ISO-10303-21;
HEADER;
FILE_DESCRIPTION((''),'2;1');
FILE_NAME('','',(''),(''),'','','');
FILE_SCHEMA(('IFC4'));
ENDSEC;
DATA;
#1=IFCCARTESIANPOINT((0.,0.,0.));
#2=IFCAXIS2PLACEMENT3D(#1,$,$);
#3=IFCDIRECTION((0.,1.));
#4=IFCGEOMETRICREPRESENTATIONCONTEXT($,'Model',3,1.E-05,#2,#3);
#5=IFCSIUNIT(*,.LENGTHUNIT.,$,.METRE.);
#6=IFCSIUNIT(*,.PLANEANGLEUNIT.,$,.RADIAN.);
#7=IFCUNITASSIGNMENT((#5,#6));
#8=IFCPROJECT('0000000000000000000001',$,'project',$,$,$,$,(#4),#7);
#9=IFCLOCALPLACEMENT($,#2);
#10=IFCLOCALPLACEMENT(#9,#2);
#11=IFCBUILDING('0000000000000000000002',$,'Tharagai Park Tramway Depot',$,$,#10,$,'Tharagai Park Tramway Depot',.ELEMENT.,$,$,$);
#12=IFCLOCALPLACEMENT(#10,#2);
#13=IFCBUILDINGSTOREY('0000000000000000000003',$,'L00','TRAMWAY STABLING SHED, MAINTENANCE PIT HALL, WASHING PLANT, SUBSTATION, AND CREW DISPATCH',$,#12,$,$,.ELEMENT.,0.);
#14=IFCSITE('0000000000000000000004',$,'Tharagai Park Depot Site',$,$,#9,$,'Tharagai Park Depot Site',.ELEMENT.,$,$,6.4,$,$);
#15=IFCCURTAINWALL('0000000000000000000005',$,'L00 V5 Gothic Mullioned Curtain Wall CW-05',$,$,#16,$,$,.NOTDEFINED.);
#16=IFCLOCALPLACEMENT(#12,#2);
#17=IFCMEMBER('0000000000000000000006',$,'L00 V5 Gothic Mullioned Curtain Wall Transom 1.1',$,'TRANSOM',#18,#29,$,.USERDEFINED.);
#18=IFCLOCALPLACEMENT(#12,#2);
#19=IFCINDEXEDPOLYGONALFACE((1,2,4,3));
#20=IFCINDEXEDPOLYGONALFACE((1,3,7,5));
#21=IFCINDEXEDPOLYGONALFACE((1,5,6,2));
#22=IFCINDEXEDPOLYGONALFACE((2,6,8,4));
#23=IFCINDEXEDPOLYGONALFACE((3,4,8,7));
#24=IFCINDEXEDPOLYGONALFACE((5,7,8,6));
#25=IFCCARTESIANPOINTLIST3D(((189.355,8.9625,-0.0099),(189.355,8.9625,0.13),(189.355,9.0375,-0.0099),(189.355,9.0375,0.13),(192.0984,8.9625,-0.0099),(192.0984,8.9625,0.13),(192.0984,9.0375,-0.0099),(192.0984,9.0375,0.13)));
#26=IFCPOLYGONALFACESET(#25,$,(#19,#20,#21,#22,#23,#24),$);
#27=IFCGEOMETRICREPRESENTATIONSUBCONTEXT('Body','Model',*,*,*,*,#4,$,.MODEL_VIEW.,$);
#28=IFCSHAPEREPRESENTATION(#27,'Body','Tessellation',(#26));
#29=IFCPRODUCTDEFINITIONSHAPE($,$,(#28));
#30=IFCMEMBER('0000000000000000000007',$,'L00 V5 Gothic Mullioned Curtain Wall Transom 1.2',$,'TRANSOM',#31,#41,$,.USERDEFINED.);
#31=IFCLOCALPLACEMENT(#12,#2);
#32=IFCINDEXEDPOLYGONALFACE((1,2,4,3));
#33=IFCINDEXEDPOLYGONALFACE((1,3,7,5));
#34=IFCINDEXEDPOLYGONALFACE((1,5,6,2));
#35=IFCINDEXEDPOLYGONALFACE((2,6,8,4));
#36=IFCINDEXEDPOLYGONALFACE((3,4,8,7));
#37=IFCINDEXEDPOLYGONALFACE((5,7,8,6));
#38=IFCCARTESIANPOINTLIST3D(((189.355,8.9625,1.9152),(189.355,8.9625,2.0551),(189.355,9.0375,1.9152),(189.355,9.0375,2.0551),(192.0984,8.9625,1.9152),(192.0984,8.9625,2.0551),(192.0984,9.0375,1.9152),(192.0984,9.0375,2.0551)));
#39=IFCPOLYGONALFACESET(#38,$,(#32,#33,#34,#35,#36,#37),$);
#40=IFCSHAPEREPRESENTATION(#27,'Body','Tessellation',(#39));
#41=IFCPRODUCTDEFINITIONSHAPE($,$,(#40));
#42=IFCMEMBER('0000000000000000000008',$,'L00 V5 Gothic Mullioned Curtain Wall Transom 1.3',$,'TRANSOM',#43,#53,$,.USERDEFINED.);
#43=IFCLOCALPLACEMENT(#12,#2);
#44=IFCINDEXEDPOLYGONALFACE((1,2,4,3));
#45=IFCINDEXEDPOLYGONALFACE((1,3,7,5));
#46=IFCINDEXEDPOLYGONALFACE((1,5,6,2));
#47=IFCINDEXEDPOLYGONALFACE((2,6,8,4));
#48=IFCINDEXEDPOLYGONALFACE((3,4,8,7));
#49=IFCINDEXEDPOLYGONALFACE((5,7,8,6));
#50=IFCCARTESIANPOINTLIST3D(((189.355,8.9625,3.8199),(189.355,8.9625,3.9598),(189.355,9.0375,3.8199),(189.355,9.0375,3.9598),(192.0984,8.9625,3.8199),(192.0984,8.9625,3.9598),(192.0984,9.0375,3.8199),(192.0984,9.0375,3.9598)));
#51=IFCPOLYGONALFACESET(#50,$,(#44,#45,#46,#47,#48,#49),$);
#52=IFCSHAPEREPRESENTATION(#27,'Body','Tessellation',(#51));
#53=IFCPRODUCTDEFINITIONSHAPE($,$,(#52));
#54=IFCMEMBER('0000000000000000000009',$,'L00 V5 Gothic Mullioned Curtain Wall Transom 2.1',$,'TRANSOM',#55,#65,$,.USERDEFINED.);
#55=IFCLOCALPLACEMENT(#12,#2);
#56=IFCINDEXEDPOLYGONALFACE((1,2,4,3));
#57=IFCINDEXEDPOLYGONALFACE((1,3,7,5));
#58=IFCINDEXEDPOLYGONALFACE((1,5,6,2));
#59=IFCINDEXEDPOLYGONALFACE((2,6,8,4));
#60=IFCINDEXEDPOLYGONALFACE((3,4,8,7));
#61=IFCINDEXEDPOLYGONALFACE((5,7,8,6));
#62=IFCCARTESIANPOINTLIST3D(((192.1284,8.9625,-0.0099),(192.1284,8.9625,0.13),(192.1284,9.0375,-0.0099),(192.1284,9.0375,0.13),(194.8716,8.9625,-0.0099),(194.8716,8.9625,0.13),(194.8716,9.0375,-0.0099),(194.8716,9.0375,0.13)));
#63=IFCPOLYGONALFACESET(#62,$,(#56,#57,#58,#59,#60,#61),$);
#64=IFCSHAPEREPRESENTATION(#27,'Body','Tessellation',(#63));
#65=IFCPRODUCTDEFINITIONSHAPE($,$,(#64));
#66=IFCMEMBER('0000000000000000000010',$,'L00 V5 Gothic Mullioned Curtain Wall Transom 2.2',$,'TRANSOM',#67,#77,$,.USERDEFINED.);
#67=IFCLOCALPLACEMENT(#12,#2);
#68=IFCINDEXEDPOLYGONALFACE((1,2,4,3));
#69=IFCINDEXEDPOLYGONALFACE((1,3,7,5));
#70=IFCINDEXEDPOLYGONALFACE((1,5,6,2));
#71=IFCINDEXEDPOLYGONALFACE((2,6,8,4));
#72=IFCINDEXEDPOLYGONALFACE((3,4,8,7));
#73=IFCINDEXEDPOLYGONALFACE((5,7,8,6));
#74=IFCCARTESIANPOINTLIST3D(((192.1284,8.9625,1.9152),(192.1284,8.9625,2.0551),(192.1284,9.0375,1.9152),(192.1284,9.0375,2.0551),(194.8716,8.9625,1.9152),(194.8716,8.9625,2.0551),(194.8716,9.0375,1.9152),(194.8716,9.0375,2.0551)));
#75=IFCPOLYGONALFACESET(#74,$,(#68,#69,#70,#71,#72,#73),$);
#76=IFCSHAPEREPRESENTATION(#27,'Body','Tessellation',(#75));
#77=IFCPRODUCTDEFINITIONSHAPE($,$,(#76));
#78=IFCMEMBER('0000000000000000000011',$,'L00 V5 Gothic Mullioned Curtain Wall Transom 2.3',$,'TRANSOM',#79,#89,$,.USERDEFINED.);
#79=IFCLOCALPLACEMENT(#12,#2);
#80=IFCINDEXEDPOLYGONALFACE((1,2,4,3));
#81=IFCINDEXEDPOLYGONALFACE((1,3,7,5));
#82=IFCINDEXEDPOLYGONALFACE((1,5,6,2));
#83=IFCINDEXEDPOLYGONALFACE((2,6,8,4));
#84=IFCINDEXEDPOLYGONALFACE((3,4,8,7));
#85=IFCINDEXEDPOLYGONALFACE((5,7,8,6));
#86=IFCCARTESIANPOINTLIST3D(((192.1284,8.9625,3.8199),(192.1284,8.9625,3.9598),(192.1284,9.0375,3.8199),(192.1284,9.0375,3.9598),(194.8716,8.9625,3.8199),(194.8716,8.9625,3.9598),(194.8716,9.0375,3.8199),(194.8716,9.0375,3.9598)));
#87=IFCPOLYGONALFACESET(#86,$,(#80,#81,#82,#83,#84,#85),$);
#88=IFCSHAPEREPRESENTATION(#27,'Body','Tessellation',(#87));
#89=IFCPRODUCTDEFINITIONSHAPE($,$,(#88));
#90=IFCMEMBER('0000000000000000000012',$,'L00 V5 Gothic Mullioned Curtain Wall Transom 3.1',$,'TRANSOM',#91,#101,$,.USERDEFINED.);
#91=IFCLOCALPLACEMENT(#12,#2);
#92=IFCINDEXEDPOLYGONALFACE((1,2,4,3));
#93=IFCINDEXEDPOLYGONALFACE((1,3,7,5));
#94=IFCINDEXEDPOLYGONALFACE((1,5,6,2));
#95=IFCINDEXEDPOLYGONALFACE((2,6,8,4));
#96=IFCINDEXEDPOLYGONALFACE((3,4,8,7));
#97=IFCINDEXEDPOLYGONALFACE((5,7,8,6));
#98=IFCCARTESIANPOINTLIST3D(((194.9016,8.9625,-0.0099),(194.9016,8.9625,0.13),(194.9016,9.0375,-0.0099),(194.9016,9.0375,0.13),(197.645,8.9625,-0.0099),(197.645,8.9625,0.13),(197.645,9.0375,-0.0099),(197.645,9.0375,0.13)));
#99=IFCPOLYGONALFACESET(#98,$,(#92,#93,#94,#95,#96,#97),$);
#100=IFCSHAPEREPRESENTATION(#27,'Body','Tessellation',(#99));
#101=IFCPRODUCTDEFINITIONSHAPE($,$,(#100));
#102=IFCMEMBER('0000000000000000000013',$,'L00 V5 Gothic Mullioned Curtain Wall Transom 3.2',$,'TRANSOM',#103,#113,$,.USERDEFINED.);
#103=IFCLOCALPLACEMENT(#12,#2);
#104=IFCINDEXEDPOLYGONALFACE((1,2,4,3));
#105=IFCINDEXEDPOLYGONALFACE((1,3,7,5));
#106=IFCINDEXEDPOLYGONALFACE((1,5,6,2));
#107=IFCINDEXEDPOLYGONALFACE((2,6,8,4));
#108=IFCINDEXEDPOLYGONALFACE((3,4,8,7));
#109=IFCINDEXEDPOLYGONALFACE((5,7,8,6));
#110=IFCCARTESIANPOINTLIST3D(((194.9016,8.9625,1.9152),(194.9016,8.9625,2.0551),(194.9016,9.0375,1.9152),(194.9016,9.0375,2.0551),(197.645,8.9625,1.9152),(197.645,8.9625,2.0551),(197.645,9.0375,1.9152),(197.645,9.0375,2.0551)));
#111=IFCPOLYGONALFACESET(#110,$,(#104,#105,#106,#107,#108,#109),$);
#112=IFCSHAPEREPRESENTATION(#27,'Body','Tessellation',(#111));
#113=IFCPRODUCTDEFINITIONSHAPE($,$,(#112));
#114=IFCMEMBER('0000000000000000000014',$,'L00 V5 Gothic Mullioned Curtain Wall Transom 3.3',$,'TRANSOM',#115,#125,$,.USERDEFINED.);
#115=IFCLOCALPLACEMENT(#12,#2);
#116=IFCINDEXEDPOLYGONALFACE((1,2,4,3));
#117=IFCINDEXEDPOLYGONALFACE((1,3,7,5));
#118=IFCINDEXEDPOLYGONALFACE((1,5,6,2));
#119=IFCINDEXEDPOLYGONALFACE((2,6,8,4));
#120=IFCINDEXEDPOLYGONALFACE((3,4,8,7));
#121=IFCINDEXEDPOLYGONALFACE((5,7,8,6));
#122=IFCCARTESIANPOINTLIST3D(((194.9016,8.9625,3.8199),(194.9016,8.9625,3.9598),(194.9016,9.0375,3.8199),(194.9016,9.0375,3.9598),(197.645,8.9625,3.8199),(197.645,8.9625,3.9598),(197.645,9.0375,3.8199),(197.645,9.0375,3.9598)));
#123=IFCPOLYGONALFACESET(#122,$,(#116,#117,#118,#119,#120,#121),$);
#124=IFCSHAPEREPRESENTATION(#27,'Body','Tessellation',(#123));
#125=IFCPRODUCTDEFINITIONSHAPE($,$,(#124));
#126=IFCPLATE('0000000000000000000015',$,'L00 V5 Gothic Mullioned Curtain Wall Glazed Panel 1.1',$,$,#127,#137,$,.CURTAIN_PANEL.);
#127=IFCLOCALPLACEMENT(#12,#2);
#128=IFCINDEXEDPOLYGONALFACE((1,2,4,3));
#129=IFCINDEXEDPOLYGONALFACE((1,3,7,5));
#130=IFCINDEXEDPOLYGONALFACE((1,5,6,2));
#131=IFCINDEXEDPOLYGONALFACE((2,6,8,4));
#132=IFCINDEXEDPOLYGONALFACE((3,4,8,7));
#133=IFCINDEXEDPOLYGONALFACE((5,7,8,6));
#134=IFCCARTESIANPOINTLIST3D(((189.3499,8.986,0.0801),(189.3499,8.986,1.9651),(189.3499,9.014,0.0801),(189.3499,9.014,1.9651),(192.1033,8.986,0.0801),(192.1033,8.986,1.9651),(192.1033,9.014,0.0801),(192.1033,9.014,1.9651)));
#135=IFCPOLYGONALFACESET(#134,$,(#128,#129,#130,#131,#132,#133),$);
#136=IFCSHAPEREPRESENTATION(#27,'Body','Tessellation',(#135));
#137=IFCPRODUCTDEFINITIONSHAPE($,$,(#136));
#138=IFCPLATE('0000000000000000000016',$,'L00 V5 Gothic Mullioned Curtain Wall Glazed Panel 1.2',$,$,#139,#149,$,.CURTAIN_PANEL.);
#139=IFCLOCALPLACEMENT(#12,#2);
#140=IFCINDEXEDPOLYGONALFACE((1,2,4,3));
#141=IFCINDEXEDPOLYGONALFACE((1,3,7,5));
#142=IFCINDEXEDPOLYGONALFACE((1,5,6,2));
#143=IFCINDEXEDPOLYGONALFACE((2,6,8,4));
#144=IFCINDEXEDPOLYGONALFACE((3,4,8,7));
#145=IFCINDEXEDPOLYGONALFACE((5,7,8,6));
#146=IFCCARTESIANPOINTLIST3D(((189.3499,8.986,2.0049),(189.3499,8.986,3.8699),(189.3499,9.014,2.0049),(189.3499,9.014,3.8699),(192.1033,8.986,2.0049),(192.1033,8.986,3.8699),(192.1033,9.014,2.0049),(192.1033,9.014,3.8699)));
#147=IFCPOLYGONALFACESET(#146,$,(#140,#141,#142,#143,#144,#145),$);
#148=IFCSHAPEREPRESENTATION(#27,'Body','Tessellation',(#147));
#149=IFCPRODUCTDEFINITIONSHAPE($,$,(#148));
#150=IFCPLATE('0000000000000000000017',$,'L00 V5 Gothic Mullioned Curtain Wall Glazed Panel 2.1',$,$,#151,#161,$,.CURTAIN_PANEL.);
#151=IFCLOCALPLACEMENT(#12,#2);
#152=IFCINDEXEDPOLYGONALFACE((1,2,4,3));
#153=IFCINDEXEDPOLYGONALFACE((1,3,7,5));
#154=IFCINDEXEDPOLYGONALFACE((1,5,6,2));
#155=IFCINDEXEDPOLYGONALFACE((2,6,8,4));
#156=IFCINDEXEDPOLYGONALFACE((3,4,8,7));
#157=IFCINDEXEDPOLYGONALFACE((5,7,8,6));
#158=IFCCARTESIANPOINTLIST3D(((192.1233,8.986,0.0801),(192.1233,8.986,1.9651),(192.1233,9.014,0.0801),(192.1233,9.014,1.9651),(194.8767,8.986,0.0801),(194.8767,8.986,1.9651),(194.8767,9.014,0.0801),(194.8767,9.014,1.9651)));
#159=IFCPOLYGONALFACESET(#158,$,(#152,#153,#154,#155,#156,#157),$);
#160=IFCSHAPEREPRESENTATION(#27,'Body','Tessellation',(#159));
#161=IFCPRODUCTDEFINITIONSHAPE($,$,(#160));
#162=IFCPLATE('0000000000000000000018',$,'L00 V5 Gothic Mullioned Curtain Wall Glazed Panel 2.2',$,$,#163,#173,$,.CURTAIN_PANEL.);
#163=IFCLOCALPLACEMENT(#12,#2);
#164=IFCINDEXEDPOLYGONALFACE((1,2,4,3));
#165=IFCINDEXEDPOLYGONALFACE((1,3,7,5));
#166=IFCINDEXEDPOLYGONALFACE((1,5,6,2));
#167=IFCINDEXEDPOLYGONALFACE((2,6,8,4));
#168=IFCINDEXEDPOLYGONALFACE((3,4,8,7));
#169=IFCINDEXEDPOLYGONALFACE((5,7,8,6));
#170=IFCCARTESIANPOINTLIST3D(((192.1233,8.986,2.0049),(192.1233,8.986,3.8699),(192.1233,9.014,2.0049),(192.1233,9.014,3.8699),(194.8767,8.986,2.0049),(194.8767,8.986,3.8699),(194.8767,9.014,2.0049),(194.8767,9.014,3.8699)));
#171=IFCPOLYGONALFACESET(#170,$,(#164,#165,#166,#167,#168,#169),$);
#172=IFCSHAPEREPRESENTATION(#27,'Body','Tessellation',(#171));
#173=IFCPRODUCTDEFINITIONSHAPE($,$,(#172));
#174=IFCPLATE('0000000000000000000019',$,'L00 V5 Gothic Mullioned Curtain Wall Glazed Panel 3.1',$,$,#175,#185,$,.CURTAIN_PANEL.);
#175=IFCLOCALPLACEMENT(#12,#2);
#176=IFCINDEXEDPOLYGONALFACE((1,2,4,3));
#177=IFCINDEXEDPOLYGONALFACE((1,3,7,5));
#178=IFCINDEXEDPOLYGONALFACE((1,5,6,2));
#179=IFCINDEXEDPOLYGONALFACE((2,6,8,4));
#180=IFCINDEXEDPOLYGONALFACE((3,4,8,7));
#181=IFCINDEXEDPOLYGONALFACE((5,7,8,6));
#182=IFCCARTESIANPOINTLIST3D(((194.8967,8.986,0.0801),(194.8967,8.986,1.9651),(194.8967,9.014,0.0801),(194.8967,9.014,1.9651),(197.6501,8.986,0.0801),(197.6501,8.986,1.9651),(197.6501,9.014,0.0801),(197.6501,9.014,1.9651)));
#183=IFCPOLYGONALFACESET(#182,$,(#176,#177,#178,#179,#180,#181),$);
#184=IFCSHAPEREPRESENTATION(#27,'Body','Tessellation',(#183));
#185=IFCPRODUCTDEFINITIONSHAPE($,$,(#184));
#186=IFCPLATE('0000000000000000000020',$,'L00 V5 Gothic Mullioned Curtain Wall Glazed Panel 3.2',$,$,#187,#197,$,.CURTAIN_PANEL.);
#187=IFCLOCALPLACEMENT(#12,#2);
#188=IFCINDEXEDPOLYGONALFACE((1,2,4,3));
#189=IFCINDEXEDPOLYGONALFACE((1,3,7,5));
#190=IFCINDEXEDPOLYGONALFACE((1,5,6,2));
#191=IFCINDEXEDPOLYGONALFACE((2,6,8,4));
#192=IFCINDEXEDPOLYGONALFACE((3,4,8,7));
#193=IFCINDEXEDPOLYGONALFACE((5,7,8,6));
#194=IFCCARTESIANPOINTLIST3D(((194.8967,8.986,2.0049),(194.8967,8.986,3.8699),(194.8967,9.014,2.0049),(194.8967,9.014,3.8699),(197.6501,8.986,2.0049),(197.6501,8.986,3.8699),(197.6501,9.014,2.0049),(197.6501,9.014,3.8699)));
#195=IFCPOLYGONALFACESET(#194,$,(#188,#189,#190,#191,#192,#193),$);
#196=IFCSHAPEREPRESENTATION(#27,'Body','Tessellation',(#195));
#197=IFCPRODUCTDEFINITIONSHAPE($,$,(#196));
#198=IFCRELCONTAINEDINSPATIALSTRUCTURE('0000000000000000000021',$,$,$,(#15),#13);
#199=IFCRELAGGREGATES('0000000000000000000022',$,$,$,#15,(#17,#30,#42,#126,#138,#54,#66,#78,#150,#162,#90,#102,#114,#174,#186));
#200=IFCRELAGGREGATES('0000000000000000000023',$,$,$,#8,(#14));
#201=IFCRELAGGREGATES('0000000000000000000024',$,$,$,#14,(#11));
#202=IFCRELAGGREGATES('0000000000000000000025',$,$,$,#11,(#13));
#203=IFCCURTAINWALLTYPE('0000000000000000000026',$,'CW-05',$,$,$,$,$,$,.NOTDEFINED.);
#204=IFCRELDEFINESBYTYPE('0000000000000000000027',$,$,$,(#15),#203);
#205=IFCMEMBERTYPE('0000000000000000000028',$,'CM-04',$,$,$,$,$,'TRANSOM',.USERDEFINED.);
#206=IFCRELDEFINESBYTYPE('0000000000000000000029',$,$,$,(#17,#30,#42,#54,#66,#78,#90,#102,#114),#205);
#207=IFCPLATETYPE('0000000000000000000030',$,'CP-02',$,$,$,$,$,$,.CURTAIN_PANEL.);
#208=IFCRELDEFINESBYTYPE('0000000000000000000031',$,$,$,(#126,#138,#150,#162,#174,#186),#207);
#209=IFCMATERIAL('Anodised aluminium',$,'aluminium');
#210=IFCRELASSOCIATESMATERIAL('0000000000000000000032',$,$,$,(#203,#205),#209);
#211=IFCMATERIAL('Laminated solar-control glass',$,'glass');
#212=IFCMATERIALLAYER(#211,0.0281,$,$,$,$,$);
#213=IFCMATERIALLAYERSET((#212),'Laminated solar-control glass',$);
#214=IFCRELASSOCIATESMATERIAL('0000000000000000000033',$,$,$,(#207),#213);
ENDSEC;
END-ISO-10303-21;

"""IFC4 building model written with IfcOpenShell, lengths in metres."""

from ifc_helpers import new_model, si_unit, direction, frame, origin, origin_2d, place, context, subcontext, project, spatial, rectangle, extrude, material, layer, layer_set, material_profile, profile_set, type_object, element, aggregate, save


model = new_model("IFC4")

# Units and contexts
model_context = context("Model", 3, precision=1e-05, world=origin(), true_north=direction((0.0, 1.0)))
body_context = subcontext(model_context, "Body", "Model", "MODEL_VIEW")
ifc_project = project(units=[si_unit("LENGTHUNIT", "METRE"), si_unit("PLANEANGLEUNIT", "RADIAN")], contexts=[model_context])

# Site, building, storey
site_placement = place(None, origin())
site = spatial("IfcSite", under=ifc_project, at=site_placement, Name="Tharagai Park Depot Site", LongName="Tharagai Park Depot Site", CompositionType="ELEMENT", RefElevation=6.4)
building_placement = place(site_placement, origin())
building = spatial("IfcBuilding", under=site, at=building_placement, Name="Tharagai Park Tramway Depot", LongName="Tharagai Park Tramway Depot", CompositionType="ELEMENT")
storey_placement = place(building_placement, origin())
storey = spatial("IfcBuildingStorey", under=building, at=storey_placement, Name="L00", Description="TRAMWAY STABLING SHED, MAINTENANCE PIT HALL, WASHING PLANT, SUBSTATION, AND CREW DISPATCH", CompositionType="ELEMENT", Elevation=0.0)

# Curtain wall, members, plates
ifc_material_1 = material(Name="Anodised aluminium", Category="aluminium")
curtain_wall_type = type_object("IfcCurtainWallType", Name="CW-05", PredefinedType="NOTDEFINED", material=ifc_material_1)
curtain_wall_placement = place(storey_placement, origin())
curtain_wall = element("IfcCurtainWall", 1, at=curtain_wall_placement, inside=storey, type_object=curtain_wall_type, Name="L00 V5 Gothic Mullioned Curtain Wall CW-05", PredefinedType="NOTDEFINED")
ifc_material_profile_1 = material_profile(ifc_material_1, rectangle(XDim=0.075, YDim=0.1399, at=origin_2d()), Name="ALU 75x140")
ifc_profile_set_1 = profile_set([ifc_material_profile_1], Name="Anodised aluminium")
member_type_1 = type_object("IfcMemberType", Name="CM-04", ElementType="TRANSOM", PredefinedType="USERDEFINED", material=ifc_profile_set_1)
member_1_placement = place(storey_placement, frame((189.355, 9.0, 0.0601), z_axis=(1.0, 0.0, 0.0), x_axis=(0.0, 1.0, 0.0)))
member_1 = element("IfcMember", 2, at=member_1_placement, type_object=member_type_1, Name="L00 V5 Gothic Mullioned Curtain Wall Transom 1.1", ObjectType="TRANSOM", PredefinedType="USERDEFINED", context=body_context, shape_type="SweptSolid", body=[
    extrude(rectangle(XDim=0.075, YDim=0.1399, at=origin_2d()), origin(), (0.0, 0.0, 1.0), 2.7434),
])
member_2_placement = place(storey_placement, frame((189.355, 9.0, 1.9851), z_axis=(1.0, 0.0, 0.0), x_axis=(0.0, 1.0, 0.0)))
member_2 = element("IfcMember", 3, at=member_2_placement, type_object=member_type_1, Name="L00 V5 Gothic Mullioned Curtain Wall Transom 1.2", ObjectType="TRANSOM", PredefinedType="USERDEFINED", context=body_context, shape_type="SweptSolid", body=[
    extrude(rectangle(XDim=0.075, YDim=0.1399, at=origin_2d()), origin(), (0.0, 0.0, 1.0), 2.7434),
])
member_3_placement = place(storey_placement, frame((189.355, 9.0, 3.8899), z_axis=(1.0, 0.0, 0.0), x_axis=(0.0, 1.0, 0.0)))
member_3 = element("IfcMember", 4, at=member_3_placement, type_object=member_type_1, Name="L00 V5 Gothic Mullioned Curtain Wall Transom 1.3", ObjectType="TRANSOM", PredefinedType="USERDEFINED", context=body_context, shape_type="SweptSolid", body=[
    extrude(rectangle(XDim=0.075, YDim=0.1399, at=origin_2d()), origin(), (0.0, 0.0, 1.0), 2.7434),
])
member_4_placement = place(storey_placement, frame((192.1284, 9.0, 0.0601), z_axis=(1.0, 0.0, 0.0), x_axis=(0.0, 1.0, 0.0)))
member_4 = element("IfcMember", 5, at=member_4_placement, type_object=member_type_1, Name="L00 V5 Gothic Mullioned Curtain Wall Transom 2.1", ObjectType="TRANSOM", PredefinedType="USERDEFINED", context=body_context, shape_type="SweptSolid", body=[
    extrude(rectangle(XDim=0.075, YDim=0.1399, at=origin_2d()), origin(), (0.0, 0.0, 1.0), 2.7432),
])
member_5_placement = place(storey_placement, frame((192.1284, 9.0, 1.9851), z_axis=(1.0, 0.0, 0.0), x_axis=(0.0, 1.0, 0.0)))
member_5 = element("IfcMember", 6, at=member_5_placement, type_object=member_type_1, Name="L00 V5 Gothic Mullioned Curtain Wall Transom 2.2", ObjectType="TRANSOM", PredefinedType="USERDEFINED", context=body_context, shape_type="SweptSolid", body=[
    extrude(rectangle(XDim=0.075, YDim=0.1399, at=origin_2d()), origin(), (0.0, 0.0, 1.0), 2.7432),
])
member_6_placement = place(storey_placement, frame((192.1284, 9.0, 3.8899), z_axis=(1.0, 0.0, 0.0), x_axis=(0.0, 1.0, 0.0)))
member_6 = element("IfcMember", 7, at=member_6_placement, type_object=member_type_1, Name="L00 V5 Gothic Mullioned Curtain Wall Transom 2.3", ObjectType="TRANSOM", PredefinedType="USERDEFINED", context=body_context, shape_type="SweptSolid", body=[
    extrude(rectangle(XDim=0.075, YDim=0.1399, at=origin_2d()), origin(), (0.0, 0.0, 1.0), 2.7432),
])
member_7_placement = place(storey_placement, frame((194.9016, 9.0, 0.0601), z_axis=(1.0, 0.0, 0.0), x_axis=(0.0, 1.0, 0.0)))
member_7 = element("IfcMember", 8, at=member_7_placement, type_object=member_type_1, Name="L00 V5 Gothic Mullioned Curtain Wall Transom 3.1", ObjectType="TRANSOM", PredefinedType="USERDEFINED", context=body_context, shape_type="SweptSolid", body=[
    extrude(rectangle(XDim=0.075, YDim=0.1399, at=origin_2d()), origin(), (0.0, 0.0, 1.0), 2.7434),
])
member_8_placement = place(storey_placement, frame((194.9016, 9.0, 1.9851), z_axis=(1.0, 0.0, 0.0), x_axis=(0.0, 1.0, 0.0)))
member_8 = element("IfcMember", 9, at=member_8_placement, type_object=member_type_1, Name="L00 V5 Gothic Mullioned Curtain Wall Transom 3.2", ObjectType="TRANSOM", PredefinedType="USERDEFINED", context=body_context, shape_type="SweptSolid", body=[
    extrude(rectangle(XDim=0.075, YDim=0.1399, at=origin_2d()), origin(), (0.0, 0.0, 1.0), 2.7434),
])
member_9_placement = place(storey_placement, frame((194.9016, 9.0, 3.8899), z_axis=(1.0, 0.0, 0.0), x_axis=(0.0, 1.0, 0.0)))
member_9 = element("IfcMember", 10, at=member_9_placement, type_object=member_type_1, Name="L00 V5 Gothic Mullioned Curtain Wall Transom 3.3", ObjectType="TRANSOM", PredefinedType="USERDEFINED", context=body_context, shape_type="SweptSolid", body=[
    extrude(rectangle(XDim=0.075, YDim=0.1399, at=origin_2d()), origin(), (0.0, 0.0, 1.0), 2.7434),
])
ifc_material_2 = material(Name="Laminated solar-control glass", Category="glass")
ifc_layer_1 = layer(ifc_material_2, 0.0281)
ifc_layer_set_1 = layer_set([ifc_layer_1], Name="Laminated solar-control glass")
plate_type = type_object("IfcPlateType", Name="CP-02", PredefinedType="CURTAIN_PANEL", material=ifc_layer_set_1)
plate_1_placement = place(storey_placement, frame((190.7266, 9.0, 0.0801), z_axis=(0.0, 0.0, 1.0), x_axis=(1.0, 0.0, 0.0)))
plate_1 = element("IfcPlate", 11, at=plate_1_placement, type_object=plate_type, Name="L00 V5 Gothic Mullioned Curtain Wall Glazed Panel 1.1", PredefinedType="CURTAIN_PANEL", context=body_context, shape_type="SweptSolid", body=[
    extrude(rectangle(XDim=2.7534, YDim=0.0281, at=origin_2d()), origin(), (0.0, 0.0, 1.0), 1.885),
])
plate_2_placement = place(storey_placement, frame((190.7266, 9.0, 2.0049), z_axis=(0.0, 0.0, 1.0), x_axis=(1.0, 0.0, 0.0)))
plate_2 = element("IfcPlate", 12, at=plate_2_placement, type_object=plate_type, Name="L00 V5 Gothic Mullioned Curtain Wall Glazed Panel 1.2", PredefinedType="CURTAIN_PANEL", context=body_context, shape_type="SweptSolid", body=[
    extrude(rectangle(XDim=2.7534, YDim=0.0281, at=origin_2d()), origin(), (0.0, 0.0, 1.0), 1.865),
])
plate_3_placement = place(storey_placement, frame((193.5, 9.0, 0.0801), z_axis=(0.0, 0.0, 1.0), x_axis=(1.0, 0.0, 0.0)))
plate_3 = element("IfcPlate", 13, at=plate_3_placement, type_object=plate_type, Name="L00 V5 Gothic Mullioned Curtain Wall Glazed Panel 2.1", PredefinedType="CURTAIN_PANEL", context=body_context, shape_type="SweptSolid", body=[
    extrude(rectangle(XDim=2.7534, YDim=0.0281, at=origin_2d()), origin(), (0.0, 0.0, 1.0), 1.885),
])
plate_4_placement = place(storey_placement, frame((193.5, 9.0, 2.0049), z_axis=(0.0, 0.0, 1.0), x_axis=(1.0, 0.0, 0.0)))
plate_4 = element("IfcPlate", 14, at=plate_4_placement, type_object=plate_type, Name="L00 V5 Gothic Mullioned Curtain Wall Glazed Panel 2.2", PredefinedType="CURTAIN_PANEL", context=body_context, shape_type="SweptSolid", body=[
    extrude(rectangle(XDim=2.7534, YDim=0.0281, at=origin_2d()), origin(), (0.0, 0.0, 1.0), 1.865),
])
plate_5_placement = place(storey_placement, frame((196.2734, 9.0, 0.0801), z_axis=(0.0, 0.0, 1.0), x_axis=(1.0, 0.0, 0.0)))
plate_5 = element("IfcPlate", 15, at=plate_5_placement, type_object=plate_type, Name="L00 V5 Gothic Mullioned Curtain Wall Glazed Panel 3.1", PredefinedType="CURTAIN_PANEL", context=body_context, shape_type="SweptSolid", body=[
    extrude(rectangle(XDim=2.7534, YDim=0.0281, at=origin_2d()), origin(), (0.0, 0.0, 1.0), 1.885),
])
plate_6_placement = place(storey_placement, frame((196.2734, 9.0, 2.0049), z_axis=(0.0, 0.0, 1.0), x_axis=(1.0, 0.0, 0.0)))
plate_6 = element("IfcPlate", 16, at=plate_6_placement, type_object=plate_type, Name="L00 V5 Gothic Mullioned Curtain Wall Glazed Panel 3.2", PredefinedType="CURTAIN_PANEL", context=body_context, shape_type="SweptSolid", body=[
    extrude(rectangle(XDim=2.7534, YDim=0.0281, at=origin_2d()), origin(), (0.0, 0.0, 1.0), 1.865),
])
aggregate(curtain_wall, [member_1, member_2, member_3, plate_1, plate_2, member_4, member_5, member_6, plate_3, plate_4, member_7, member_8, member_9, plate_5, plate_6])

save(model, "model.ifc")
